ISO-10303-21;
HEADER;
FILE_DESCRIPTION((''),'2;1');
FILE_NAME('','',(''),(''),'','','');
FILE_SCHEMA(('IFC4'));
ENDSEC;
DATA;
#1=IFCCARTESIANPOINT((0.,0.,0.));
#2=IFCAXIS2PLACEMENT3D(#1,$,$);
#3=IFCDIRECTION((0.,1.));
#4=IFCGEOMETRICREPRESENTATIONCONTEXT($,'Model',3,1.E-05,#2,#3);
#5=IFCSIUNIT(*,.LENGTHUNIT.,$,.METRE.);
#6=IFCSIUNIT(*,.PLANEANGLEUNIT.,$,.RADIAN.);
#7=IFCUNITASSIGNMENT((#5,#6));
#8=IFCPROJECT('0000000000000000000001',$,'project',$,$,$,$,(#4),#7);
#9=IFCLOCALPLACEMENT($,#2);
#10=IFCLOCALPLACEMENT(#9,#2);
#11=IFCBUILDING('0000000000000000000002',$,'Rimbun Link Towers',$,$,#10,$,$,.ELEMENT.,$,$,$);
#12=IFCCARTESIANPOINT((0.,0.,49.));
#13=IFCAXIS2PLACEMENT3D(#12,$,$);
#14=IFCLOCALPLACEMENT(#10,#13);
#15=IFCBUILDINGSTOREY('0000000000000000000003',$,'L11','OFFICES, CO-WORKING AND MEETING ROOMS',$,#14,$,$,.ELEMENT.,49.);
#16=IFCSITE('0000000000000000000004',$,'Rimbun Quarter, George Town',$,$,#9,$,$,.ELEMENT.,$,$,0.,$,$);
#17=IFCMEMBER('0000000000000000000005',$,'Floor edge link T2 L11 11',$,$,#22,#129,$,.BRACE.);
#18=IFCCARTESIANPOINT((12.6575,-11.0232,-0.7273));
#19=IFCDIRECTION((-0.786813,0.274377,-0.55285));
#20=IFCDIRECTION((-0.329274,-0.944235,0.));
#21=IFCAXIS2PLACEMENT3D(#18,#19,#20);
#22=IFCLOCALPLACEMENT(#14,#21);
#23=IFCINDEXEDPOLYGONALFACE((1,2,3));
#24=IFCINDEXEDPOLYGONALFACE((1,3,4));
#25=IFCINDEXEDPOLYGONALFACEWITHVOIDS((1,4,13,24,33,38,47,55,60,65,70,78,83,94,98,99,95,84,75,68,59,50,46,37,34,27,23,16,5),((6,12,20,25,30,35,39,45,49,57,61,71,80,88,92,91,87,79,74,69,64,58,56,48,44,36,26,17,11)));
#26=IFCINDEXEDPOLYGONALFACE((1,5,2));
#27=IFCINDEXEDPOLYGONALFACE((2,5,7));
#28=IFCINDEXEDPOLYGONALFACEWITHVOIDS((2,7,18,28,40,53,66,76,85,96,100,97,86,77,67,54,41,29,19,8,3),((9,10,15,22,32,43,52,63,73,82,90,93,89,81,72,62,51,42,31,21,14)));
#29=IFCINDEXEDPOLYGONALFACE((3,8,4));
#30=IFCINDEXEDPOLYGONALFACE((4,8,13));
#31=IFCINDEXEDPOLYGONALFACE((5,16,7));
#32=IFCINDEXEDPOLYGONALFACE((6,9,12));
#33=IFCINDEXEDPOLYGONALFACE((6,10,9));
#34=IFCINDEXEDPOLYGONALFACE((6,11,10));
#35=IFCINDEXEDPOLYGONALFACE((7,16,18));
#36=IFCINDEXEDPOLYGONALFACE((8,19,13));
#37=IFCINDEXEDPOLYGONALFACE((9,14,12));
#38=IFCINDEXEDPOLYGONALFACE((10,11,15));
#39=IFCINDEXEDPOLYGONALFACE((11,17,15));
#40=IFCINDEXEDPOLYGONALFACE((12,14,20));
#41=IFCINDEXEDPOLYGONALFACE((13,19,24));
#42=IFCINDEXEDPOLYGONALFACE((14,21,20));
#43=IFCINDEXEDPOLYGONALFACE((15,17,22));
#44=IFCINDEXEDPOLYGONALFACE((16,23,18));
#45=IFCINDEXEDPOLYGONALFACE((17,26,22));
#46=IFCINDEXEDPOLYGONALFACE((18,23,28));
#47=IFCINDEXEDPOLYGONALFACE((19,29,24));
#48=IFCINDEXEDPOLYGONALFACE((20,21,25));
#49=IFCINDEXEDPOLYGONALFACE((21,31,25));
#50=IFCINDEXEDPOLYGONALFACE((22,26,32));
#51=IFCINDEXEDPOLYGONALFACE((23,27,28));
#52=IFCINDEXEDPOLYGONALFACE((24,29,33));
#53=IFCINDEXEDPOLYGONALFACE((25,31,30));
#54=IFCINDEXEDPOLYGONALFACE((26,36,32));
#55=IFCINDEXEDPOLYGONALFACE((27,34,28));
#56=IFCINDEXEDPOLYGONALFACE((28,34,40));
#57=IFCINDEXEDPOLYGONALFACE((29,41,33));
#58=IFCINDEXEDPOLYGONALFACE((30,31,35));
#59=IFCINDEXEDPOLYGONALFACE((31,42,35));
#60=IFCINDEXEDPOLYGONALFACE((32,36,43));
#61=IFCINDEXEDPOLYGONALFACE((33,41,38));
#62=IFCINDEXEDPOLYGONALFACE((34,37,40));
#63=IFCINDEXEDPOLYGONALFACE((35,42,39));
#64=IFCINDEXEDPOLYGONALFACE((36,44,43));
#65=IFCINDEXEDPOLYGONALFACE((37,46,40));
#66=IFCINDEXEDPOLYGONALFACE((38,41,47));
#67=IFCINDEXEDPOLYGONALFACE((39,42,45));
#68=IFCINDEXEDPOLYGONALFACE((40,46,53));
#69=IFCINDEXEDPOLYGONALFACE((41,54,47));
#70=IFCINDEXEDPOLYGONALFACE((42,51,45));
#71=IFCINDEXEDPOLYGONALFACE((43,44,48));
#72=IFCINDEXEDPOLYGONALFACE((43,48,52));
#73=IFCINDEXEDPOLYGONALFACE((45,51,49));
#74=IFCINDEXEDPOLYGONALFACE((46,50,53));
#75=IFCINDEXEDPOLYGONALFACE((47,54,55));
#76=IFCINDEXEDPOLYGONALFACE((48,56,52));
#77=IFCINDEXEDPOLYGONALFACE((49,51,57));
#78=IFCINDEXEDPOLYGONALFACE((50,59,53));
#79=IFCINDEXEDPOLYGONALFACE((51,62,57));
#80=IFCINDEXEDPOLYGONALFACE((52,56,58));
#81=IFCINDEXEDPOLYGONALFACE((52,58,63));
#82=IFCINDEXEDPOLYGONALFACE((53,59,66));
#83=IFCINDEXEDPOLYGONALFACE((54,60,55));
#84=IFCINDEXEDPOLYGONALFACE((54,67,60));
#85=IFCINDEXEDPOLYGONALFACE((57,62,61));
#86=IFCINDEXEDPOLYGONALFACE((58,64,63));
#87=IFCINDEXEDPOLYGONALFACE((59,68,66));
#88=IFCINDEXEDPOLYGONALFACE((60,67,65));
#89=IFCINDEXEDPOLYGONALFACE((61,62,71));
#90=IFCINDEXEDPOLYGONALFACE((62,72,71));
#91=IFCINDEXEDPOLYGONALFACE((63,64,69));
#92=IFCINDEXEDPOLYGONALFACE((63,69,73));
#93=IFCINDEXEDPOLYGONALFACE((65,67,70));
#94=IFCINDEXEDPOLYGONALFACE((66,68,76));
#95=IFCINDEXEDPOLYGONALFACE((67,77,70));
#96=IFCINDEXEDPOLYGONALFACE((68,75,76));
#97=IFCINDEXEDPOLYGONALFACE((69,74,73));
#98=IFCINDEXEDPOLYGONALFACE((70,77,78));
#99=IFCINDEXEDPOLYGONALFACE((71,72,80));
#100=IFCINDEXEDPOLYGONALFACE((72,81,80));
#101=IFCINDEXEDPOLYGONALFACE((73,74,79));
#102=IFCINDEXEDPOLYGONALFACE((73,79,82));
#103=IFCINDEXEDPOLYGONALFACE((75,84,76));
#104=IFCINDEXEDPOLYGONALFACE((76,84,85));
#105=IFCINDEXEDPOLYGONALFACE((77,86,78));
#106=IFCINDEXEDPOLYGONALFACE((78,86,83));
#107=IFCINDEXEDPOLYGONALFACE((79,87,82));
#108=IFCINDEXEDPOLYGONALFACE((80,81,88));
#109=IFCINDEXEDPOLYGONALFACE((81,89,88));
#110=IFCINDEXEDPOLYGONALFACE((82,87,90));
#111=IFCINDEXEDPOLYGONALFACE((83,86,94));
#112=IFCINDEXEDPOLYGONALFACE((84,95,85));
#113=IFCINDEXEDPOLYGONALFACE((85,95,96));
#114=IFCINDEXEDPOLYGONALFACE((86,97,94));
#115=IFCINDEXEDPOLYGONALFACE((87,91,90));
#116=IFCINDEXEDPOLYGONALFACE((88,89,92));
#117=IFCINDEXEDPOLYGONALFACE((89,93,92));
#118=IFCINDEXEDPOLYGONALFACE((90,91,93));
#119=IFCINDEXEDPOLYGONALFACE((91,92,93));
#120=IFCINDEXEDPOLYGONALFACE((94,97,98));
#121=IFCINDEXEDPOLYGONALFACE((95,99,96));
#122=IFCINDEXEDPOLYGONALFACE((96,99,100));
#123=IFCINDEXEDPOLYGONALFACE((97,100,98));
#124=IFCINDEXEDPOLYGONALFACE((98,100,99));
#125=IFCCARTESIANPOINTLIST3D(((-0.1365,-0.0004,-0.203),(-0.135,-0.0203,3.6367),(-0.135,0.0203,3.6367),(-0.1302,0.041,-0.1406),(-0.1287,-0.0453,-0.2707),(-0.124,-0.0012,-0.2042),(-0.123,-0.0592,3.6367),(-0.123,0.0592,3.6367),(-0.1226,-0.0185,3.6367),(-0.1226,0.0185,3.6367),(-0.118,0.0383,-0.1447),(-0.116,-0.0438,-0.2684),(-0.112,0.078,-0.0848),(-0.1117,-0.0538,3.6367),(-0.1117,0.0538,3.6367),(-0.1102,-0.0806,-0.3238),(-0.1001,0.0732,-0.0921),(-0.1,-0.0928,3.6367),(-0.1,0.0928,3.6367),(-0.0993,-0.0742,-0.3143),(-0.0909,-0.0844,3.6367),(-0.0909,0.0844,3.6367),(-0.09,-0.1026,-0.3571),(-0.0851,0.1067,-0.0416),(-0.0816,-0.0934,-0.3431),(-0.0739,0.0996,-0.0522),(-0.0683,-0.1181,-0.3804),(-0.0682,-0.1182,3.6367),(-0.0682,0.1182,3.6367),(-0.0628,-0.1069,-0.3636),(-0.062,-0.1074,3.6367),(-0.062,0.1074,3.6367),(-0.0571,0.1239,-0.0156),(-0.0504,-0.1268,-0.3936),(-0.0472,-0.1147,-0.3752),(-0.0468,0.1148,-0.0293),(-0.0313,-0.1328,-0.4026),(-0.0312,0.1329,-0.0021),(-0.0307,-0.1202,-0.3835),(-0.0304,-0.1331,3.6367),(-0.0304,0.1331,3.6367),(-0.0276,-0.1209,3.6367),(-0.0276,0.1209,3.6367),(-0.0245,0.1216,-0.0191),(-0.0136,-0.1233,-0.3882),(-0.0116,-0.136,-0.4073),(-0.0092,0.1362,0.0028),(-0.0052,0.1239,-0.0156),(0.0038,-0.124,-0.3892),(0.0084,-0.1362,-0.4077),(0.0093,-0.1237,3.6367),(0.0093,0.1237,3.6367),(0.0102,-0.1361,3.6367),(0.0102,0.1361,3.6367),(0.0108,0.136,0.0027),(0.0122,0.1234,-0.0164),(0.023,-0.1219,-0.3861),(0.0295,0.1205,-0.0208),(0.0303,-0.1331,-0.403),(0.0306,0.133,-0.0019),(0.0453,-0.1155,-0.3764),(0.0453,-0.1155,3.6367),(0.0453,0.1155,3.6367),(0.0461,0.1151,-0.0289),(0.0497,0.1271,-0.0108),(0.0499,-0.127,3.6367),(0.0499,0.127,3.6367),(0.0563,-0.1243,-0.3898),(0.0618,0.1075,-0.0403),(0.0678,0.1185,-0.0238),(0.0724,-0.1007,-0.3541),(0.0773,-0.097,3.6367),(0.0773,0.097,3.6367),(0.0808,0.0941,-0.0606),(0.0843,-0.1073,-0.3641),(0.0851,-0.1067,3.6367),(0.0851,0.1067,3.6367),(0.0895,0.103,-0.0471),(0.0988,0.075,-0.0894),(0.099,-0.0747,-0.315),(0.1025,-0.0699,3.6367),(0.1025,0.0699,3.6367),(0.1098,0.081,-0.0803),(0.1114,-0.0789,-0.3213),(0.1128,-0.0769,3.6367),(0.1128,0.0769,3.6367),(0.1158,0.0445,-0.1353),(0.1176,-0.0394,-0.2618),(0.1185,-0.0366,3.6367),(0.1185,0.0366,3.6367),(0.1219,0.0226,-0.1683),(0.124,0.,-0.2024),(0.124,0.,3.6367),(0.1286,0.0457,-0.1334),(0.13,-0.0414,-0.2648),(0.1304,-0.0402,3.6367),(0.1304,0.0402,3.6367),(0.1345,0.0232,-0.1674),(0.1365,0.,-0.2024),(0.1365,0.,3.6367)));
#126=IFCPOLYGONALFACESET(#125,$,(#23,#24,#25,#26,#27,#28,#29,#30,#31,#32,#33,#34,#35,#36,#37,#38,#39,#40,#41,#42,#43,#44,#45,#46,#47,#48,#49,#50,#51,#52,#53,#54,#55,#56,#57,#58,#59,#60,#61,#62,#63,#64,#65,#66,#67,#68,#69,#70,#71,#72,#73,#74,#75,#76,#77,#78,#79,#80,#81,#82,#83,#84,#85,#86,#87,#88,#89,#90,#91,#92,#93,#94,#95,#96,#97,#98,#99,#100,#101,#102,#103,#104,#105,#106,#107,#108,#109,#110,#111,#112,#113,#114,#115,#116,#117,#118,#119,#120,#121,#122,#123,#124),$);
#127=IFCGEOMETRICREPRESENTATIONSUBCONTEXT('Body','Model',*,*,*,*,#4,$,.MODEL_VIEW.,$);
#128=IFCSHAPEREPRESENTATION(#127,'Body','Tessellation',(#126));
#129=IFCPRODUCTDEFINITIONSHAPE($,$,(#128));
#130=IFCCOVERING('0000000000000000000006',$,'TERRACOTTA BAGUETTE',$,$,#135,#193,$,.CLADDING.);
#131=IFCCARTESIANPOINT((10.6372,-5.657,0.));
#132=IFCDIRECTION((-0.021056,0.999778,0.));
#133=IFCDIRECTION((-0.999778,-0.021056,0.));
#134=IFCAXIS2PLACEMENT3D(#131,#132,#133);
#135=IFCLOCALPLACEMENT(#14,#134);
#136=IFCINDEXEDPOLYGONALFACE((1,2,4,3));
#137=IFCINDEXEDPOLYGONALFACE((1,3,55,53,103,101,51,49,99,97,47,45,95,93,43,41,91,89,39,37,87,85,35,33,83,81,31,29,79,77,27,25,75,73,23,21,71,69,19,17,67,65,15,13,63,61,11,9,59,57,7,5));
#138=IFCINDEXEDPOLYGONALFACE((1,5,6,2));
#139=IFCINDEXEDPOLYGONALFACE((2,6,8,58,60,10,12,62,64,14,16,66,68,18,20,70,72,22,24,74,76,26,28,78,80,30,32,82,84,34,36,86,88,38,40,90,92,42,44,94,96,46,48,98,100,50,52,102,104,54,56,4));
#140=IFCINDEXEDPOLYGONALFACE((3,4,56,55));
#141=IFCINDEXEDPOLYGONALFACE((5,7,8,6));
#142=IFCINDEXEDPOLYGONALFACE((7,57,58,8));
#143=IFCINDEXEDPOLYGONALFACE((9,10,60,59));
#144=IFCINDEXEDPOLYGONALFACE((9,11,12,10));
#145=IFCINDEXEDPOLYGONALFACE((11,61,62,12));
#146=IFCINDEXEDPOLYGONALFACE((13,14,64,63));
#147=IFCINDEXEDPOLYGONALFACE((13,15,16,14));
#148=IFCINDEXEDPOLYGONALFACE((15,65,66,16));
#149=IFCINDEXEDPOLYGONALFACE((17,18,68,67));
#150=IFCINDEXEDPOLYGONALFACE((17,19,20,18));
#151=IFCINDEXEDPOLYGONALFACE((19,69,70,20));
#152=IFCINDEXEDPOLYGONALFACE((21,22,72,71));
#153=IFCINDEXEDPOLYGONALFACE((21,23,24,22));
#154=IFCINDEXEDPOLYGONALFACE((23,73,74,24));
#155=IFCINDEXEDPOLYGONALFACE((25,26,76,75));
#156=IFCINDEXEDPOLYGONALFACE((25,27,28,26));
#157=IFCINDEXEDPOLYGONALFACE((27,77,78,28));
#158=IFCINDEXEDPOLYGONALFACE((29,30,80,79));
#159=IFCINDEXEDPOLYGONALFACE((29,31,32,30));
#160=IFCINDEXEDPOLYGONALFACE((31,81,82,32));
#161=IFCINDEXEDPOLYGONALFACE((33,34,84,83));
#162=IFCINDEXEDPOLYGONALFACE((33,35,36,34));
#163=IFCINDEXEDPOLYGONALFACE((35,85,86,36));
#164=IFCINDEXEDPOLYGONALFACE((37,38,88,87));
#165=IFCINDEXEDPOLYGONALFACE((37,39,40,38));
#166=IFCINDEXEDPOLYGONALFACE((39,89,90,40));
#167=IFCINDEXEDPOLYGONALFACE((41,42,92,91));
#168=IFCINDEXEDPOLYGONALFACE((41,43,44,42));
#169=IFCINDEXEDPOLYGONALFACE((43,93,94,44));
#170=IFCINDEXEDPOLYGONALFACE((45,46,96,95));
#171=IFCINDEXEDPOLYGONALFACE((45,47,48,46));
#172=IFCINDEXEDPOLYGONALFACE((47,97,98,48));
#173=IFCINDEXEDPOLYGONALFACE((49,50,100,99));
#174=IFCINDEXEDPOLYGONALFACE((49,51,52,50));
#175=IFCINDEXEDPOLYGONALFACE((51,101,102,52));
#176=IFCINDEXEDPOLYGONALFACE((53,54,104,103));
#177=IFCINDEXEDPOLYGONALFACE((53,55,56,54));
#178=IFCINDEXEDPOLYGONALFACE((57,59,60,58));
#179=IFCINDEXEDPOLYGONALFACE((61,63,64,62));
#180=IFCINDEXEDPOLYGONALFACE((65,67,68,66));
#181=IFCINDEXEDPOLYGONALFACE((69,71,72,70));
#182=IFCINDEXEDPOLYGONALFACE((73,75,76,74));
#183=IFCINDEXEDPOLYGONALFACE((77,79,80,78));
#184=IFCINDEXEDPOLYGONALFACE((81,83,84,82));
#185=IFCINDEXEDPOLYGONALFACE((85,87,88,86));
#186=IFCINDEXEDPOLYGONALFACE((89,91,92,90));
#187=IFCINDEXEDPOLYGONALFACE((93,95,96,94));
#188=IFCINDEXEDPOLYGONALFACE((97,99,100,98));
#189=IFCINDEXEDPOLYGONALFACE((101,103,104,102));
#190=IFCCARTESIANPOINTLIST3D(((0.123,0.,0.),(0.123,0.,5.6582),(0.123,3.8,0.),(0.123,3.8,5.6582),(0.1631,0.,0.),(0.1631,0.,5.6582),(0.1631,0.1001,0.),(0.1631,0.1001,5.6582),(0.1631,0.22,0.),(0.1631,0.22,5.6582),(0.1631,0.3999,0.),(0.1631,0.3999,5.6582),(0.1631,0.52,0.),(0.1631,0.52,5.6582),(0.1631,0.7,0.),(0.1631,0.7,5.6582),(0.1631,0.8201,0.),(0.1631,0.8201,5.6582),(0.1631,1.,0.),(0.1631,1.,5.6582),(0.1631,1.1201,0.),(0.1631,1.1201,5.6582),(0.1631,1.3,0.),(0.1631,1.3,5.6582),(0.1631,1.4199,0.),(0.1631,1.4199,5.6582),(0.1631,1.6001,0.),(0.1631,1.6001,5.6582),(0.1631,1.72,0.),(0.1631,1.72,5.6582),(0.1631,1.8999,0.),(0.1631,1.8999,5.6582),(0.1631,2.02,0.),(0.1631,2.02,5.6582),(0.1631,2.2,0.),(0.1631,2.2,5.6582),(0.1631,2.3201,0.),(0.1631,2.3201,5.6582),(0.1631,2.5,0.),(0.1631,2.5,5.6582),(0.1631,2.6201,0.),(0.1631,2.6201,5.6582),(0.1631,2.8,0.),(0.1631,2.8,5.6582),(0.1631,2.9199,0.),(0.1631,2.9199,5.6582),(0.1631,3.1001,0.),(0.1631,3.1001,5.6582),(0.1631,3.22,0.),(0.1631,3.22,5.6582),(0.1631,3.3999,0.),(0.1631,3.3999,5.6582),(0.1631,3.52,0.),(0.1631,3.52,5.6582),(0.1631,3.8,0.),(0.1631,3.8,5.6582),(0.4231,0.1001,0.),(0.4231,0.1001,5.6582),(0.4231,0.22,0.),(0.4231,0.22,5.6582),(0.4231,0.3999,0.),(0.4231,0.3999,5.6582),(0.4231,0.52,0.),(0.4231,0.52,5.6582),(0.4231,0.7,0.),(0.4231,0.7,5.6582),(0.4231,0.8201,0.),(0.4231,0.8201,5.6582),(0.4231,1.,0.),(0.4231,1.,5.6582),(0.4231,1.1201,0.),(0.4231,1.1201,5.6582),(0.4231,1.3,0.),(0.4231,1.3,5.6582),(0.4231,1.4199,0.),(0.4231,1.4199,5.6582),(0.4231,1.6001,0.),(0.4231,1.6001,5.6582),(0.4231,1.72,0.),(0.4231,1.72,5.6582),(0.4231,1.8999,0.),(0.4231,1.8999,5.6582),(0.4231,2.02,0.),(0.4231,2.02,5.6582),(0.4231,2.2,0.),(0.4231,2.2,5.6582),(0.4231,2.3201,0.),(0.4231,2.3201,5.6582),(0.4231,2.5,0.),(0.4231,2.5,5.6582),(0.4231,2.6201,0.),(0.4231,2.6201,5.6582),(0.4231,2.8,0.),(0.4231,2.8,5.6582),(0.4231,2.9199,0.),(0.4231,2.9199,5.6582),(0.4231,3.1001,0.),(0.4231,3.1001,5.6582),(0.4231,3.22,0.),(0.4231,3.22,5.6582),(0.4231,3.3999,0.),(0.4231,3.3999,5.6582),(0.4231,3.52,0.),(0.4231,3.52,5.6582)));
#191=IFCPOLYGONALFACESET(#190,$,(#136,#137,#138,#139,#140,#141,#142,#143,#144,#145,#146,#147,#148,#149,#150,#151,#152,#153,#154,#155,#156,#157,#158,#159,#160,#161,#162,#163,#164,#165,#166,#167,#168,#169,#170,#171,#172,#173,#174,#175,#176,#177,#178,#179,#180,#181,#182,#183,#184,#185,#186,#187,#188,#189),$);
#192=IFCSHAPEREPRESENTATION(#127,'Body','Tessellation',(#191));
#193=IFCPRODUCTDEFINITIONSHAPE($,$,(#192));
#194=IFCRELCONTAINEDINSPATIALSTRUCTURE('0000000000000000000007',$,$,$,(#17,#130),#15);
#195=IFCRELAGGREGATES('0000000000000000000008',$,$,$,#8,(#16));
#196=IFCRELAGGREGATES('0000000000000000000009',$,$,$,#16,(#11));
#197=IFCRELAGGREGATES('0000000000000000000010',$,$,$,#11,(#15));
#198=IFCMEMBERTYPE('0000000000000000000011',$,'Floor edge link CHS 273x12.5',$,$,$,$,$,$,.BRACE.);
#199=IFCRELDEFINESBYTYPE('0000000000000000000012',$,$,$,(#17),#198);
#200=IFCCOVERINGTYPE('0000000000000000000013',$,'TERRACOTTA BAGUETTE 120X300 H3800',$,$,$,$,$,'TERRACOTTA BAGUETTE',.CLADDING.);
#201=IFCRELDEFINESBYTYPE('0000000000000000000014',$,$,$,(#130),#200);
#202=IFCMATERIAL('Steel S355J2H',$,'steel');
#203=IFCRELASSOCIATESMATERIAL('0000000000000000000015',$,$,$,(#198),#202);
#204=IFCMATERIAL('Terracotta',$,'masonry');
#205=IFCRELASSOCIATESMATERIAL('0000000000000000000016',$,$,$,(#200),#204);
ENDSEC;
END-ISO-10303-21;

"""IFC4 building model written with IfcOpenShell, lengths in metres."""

from ifc_helpers import new_model, si_unit, direction, frame, origin, origin_2d, place, context, subcontext, project, spatial, polyline, hollow_circle, outline, extrude, clip, halfspace, material, material_profile, profile_set, type_object, element, save


model = new_model("IFC4")

# Units and contexts
model_context = context("Model", 3, precision=1e-05, world=origin(), true_north=direction((0.0, 1.0)))
body_context = subcontext(model_context, "Body", "Model", "MODEL_VIEW")
ifc_project = project(units=[si_unit("LENGTHUNIT", "METRE"), si_unit("PLANEANGLEUNIT", "RADIAN")], contexts=[model_context])

# Site, building, storey
site_placement = place(None, origin())
site = spatial("IfcSite", under=ifc_project, at=site_placement, Name="Rimbun Quarter, George Town", CompositionType="ELEMENT", RefElevation=0.0)
building_placement = place(site_placement, origin())
building = spatial("IfcBuilding", under=site, at=building_placement, Name="Rimbun Link Towers", CompositionType="ELEMENT")
storey_placement = place(building_placement, frame((0.0, 0.0, 49.0)))
storey = spatial("IfcBuildingStorey", under=building, at=storey_placement, Name="L11", Description="OFFICES, CO-WORKING AND MEETING ROOMS", CompositionType="ELEMENT", Elevation=49.0)

# Member
ifc_material_1 = material(Name="Steel S355J2H", Category="steel")
ifc_material_profile_1 = material_profile(ifc_material_1, hollow_circle(Radius=0.1365, WallThickness=0.0125, at=origin_2d()), Name="CHS 273x12.5")
ifc_profile_set_1 = profile_set([ifc_material_profile_1], Name="Steel S355J2H")
member_type_1 = type_object("IfcMemberType", Name="Floor edge link CHS 273x12.5", PredefinedType="BRACE", material=ifc_profile_set_1)
member_1_placement = place(storey_placement, frame((12.6575, -11.0232, -0.7273), z_axis=(-0.786813, 0.274377, -0.55285), x_axis=(-0.329274, -0.944235, 0.0)))
element("IfcMember", 1, at=member_1_placement, inside=storey, type_object=member_type_1, Name="Floor edge link T2 L11 11", PredefinedType="BRACE", context=body_context, shape_type="Clipping", body=[
    clip(extrude(hollow_circle(Radius=0.1365, WallThickness=0.0125, at=origin_2d()), frame((0.0, 0.0, -0.4294)), (0.0, 0.0, 1.0), 4.0662), halfspace(frame((0.0, 0.0, -0.2024), z_axis=(0.0, 0.833281, -0.55285)), False)),
])

# Covering
ifc_material_2 = material(Name="Terracotta", Category="masonry")
ifc_material_profile_2 = material_profile(ifc_material_2, outline(polyline([(0.123, 0.0), (0.1631, 0.0), (0.1631, 0.1001), (0.4231, 0.1001), (0.4231, 0.22), (0.1631, 0.22), (0.1631, 0.3999), (0.4231, 0.3999), (0.4231, 0.52), (0.1631, 0.52), (0.1631, 0.7), (0.4231, 0.7), (0.4231, 0.8201), (0.1631, 0.8201), (0.1631, 1.0), (0.4231, 1.0), (0.4231, 1.1201), (0.1631, 1.1201), (0.1631, 1.3), (0.4231, 1.3), (0.4231, 1.4199), (0.1631, 1.4199), (0.1631, 1.6001), (0.4231, 1.6001), (0.4231, 1.72), (0.1631, 1.72), (0.1631, 1.8999), (0.4231, 1.8999), (0.4231, 2.02), (0.1631, 2.02), (0.1631, 2.2), (0.4231, 2.2), (0.4231, 2.3201), (0.1631, 2.3201), (0.1631, 2.5), (0.4231, 2.5), (0.4231, 2.6201), (0.1631, 2.6201), (0.1631, 2.8), (0.4231, 2.8), (0.4231, 2.9199), (0.1631, 2.9199), (0.1631, 3.1001), (0.4231, 3.1001), (0.4231, 3.22), (0.1631, 3.22), (0.1631, 3.3999), (0.4231, 3.3999), (0.4231, 3.52), (0.1631, 3.52), (0.1631, 3.8), (0.123, 3.8), (0.123, 0.0)])), Name="BAGUETTE 120X300")
ifc_profile_set_2 = profile_set([ifc_material_profile_2], Name="Terracotta")
covering_type_1 = type_object("IfcCoveringType", Name="TERRACOTTA BAGUETTE 120X300 H3800", ElementType="TERRACOTTA BAGUETTE", PredefinedType="CLADDING", material=ifc_profile_set_2)
covering_1_placement = place(storey_placement, frame((10.6372, -5.657, 0.0), z_axis=(-0.021056, 0.999778, 0.0), x_axis=(-0.999778, -0.021056, 0.0)))
element("IfcCovering", 2, at=covering_1_placement, inside=storey, type_object=covering_type_1, Name="TERRACOTTA BAGUETTE", PredefinedType="CLADDING", context=body_context, shape_type="SweptSolid", body=[
    extrude(outline(polyline([(0.123, 0.0), (0.1631, 0.0), (0.1631, 0.1001), (0.4231, 0.1001), (0.4231, 0.22), (0.1631, 0.22), (0.1631, 0.3999), (0.4231, 0.3999), (0.4231, 0.52), (0.1631, 0.52), (0.1631, 0.7), (0.4231, 0.7), (0.4231, 0.8201), (0.1631, 0.8201), (0.1631, 1.0), (0.4231, 1.0), (0.4231, 1.1201), (0.1631, 1.1201), (0.1631, 1.3), (0.4231, 1.3), (0.4231, 1.4199), (0.1631, 1.4199), (0.1631, 1.6001), (0.4231, 1.6001), (0.4231, 1.72), (0.1631, 1.72), (0.1631, 1.8999), (0.4231, 1.8999), (0.4231, 2.02), (0.1631, 2.02), (0.1631, 2.2), (0.4231, 2.2), (0.4231, 2.3201), (0.1631, 2.3201), (0.1631, 2.5), (0.4231, 2.5), (0.4231, 2.6201), (0.1631, 2.6201), (0.1631, 2.8), (0.4231, 2.8), (0.4231, 2.9199), (0.1631, 2.9199), (0.1631, 3.1001), (0.4231, 3.1001), (0.4231, 3.22), (0.1631, 3.22), (0.1631, 3.3999), (0.4231, 3.3999), (0.4231, 3.52), (0.1631, 3.52), (0.1631, 3.8), (0.123, 3.8), (0.123, 0.0)])), origin(), (0.0, 0.0, 1.0), 5.6582),
])

save(model, "model.ifc")
